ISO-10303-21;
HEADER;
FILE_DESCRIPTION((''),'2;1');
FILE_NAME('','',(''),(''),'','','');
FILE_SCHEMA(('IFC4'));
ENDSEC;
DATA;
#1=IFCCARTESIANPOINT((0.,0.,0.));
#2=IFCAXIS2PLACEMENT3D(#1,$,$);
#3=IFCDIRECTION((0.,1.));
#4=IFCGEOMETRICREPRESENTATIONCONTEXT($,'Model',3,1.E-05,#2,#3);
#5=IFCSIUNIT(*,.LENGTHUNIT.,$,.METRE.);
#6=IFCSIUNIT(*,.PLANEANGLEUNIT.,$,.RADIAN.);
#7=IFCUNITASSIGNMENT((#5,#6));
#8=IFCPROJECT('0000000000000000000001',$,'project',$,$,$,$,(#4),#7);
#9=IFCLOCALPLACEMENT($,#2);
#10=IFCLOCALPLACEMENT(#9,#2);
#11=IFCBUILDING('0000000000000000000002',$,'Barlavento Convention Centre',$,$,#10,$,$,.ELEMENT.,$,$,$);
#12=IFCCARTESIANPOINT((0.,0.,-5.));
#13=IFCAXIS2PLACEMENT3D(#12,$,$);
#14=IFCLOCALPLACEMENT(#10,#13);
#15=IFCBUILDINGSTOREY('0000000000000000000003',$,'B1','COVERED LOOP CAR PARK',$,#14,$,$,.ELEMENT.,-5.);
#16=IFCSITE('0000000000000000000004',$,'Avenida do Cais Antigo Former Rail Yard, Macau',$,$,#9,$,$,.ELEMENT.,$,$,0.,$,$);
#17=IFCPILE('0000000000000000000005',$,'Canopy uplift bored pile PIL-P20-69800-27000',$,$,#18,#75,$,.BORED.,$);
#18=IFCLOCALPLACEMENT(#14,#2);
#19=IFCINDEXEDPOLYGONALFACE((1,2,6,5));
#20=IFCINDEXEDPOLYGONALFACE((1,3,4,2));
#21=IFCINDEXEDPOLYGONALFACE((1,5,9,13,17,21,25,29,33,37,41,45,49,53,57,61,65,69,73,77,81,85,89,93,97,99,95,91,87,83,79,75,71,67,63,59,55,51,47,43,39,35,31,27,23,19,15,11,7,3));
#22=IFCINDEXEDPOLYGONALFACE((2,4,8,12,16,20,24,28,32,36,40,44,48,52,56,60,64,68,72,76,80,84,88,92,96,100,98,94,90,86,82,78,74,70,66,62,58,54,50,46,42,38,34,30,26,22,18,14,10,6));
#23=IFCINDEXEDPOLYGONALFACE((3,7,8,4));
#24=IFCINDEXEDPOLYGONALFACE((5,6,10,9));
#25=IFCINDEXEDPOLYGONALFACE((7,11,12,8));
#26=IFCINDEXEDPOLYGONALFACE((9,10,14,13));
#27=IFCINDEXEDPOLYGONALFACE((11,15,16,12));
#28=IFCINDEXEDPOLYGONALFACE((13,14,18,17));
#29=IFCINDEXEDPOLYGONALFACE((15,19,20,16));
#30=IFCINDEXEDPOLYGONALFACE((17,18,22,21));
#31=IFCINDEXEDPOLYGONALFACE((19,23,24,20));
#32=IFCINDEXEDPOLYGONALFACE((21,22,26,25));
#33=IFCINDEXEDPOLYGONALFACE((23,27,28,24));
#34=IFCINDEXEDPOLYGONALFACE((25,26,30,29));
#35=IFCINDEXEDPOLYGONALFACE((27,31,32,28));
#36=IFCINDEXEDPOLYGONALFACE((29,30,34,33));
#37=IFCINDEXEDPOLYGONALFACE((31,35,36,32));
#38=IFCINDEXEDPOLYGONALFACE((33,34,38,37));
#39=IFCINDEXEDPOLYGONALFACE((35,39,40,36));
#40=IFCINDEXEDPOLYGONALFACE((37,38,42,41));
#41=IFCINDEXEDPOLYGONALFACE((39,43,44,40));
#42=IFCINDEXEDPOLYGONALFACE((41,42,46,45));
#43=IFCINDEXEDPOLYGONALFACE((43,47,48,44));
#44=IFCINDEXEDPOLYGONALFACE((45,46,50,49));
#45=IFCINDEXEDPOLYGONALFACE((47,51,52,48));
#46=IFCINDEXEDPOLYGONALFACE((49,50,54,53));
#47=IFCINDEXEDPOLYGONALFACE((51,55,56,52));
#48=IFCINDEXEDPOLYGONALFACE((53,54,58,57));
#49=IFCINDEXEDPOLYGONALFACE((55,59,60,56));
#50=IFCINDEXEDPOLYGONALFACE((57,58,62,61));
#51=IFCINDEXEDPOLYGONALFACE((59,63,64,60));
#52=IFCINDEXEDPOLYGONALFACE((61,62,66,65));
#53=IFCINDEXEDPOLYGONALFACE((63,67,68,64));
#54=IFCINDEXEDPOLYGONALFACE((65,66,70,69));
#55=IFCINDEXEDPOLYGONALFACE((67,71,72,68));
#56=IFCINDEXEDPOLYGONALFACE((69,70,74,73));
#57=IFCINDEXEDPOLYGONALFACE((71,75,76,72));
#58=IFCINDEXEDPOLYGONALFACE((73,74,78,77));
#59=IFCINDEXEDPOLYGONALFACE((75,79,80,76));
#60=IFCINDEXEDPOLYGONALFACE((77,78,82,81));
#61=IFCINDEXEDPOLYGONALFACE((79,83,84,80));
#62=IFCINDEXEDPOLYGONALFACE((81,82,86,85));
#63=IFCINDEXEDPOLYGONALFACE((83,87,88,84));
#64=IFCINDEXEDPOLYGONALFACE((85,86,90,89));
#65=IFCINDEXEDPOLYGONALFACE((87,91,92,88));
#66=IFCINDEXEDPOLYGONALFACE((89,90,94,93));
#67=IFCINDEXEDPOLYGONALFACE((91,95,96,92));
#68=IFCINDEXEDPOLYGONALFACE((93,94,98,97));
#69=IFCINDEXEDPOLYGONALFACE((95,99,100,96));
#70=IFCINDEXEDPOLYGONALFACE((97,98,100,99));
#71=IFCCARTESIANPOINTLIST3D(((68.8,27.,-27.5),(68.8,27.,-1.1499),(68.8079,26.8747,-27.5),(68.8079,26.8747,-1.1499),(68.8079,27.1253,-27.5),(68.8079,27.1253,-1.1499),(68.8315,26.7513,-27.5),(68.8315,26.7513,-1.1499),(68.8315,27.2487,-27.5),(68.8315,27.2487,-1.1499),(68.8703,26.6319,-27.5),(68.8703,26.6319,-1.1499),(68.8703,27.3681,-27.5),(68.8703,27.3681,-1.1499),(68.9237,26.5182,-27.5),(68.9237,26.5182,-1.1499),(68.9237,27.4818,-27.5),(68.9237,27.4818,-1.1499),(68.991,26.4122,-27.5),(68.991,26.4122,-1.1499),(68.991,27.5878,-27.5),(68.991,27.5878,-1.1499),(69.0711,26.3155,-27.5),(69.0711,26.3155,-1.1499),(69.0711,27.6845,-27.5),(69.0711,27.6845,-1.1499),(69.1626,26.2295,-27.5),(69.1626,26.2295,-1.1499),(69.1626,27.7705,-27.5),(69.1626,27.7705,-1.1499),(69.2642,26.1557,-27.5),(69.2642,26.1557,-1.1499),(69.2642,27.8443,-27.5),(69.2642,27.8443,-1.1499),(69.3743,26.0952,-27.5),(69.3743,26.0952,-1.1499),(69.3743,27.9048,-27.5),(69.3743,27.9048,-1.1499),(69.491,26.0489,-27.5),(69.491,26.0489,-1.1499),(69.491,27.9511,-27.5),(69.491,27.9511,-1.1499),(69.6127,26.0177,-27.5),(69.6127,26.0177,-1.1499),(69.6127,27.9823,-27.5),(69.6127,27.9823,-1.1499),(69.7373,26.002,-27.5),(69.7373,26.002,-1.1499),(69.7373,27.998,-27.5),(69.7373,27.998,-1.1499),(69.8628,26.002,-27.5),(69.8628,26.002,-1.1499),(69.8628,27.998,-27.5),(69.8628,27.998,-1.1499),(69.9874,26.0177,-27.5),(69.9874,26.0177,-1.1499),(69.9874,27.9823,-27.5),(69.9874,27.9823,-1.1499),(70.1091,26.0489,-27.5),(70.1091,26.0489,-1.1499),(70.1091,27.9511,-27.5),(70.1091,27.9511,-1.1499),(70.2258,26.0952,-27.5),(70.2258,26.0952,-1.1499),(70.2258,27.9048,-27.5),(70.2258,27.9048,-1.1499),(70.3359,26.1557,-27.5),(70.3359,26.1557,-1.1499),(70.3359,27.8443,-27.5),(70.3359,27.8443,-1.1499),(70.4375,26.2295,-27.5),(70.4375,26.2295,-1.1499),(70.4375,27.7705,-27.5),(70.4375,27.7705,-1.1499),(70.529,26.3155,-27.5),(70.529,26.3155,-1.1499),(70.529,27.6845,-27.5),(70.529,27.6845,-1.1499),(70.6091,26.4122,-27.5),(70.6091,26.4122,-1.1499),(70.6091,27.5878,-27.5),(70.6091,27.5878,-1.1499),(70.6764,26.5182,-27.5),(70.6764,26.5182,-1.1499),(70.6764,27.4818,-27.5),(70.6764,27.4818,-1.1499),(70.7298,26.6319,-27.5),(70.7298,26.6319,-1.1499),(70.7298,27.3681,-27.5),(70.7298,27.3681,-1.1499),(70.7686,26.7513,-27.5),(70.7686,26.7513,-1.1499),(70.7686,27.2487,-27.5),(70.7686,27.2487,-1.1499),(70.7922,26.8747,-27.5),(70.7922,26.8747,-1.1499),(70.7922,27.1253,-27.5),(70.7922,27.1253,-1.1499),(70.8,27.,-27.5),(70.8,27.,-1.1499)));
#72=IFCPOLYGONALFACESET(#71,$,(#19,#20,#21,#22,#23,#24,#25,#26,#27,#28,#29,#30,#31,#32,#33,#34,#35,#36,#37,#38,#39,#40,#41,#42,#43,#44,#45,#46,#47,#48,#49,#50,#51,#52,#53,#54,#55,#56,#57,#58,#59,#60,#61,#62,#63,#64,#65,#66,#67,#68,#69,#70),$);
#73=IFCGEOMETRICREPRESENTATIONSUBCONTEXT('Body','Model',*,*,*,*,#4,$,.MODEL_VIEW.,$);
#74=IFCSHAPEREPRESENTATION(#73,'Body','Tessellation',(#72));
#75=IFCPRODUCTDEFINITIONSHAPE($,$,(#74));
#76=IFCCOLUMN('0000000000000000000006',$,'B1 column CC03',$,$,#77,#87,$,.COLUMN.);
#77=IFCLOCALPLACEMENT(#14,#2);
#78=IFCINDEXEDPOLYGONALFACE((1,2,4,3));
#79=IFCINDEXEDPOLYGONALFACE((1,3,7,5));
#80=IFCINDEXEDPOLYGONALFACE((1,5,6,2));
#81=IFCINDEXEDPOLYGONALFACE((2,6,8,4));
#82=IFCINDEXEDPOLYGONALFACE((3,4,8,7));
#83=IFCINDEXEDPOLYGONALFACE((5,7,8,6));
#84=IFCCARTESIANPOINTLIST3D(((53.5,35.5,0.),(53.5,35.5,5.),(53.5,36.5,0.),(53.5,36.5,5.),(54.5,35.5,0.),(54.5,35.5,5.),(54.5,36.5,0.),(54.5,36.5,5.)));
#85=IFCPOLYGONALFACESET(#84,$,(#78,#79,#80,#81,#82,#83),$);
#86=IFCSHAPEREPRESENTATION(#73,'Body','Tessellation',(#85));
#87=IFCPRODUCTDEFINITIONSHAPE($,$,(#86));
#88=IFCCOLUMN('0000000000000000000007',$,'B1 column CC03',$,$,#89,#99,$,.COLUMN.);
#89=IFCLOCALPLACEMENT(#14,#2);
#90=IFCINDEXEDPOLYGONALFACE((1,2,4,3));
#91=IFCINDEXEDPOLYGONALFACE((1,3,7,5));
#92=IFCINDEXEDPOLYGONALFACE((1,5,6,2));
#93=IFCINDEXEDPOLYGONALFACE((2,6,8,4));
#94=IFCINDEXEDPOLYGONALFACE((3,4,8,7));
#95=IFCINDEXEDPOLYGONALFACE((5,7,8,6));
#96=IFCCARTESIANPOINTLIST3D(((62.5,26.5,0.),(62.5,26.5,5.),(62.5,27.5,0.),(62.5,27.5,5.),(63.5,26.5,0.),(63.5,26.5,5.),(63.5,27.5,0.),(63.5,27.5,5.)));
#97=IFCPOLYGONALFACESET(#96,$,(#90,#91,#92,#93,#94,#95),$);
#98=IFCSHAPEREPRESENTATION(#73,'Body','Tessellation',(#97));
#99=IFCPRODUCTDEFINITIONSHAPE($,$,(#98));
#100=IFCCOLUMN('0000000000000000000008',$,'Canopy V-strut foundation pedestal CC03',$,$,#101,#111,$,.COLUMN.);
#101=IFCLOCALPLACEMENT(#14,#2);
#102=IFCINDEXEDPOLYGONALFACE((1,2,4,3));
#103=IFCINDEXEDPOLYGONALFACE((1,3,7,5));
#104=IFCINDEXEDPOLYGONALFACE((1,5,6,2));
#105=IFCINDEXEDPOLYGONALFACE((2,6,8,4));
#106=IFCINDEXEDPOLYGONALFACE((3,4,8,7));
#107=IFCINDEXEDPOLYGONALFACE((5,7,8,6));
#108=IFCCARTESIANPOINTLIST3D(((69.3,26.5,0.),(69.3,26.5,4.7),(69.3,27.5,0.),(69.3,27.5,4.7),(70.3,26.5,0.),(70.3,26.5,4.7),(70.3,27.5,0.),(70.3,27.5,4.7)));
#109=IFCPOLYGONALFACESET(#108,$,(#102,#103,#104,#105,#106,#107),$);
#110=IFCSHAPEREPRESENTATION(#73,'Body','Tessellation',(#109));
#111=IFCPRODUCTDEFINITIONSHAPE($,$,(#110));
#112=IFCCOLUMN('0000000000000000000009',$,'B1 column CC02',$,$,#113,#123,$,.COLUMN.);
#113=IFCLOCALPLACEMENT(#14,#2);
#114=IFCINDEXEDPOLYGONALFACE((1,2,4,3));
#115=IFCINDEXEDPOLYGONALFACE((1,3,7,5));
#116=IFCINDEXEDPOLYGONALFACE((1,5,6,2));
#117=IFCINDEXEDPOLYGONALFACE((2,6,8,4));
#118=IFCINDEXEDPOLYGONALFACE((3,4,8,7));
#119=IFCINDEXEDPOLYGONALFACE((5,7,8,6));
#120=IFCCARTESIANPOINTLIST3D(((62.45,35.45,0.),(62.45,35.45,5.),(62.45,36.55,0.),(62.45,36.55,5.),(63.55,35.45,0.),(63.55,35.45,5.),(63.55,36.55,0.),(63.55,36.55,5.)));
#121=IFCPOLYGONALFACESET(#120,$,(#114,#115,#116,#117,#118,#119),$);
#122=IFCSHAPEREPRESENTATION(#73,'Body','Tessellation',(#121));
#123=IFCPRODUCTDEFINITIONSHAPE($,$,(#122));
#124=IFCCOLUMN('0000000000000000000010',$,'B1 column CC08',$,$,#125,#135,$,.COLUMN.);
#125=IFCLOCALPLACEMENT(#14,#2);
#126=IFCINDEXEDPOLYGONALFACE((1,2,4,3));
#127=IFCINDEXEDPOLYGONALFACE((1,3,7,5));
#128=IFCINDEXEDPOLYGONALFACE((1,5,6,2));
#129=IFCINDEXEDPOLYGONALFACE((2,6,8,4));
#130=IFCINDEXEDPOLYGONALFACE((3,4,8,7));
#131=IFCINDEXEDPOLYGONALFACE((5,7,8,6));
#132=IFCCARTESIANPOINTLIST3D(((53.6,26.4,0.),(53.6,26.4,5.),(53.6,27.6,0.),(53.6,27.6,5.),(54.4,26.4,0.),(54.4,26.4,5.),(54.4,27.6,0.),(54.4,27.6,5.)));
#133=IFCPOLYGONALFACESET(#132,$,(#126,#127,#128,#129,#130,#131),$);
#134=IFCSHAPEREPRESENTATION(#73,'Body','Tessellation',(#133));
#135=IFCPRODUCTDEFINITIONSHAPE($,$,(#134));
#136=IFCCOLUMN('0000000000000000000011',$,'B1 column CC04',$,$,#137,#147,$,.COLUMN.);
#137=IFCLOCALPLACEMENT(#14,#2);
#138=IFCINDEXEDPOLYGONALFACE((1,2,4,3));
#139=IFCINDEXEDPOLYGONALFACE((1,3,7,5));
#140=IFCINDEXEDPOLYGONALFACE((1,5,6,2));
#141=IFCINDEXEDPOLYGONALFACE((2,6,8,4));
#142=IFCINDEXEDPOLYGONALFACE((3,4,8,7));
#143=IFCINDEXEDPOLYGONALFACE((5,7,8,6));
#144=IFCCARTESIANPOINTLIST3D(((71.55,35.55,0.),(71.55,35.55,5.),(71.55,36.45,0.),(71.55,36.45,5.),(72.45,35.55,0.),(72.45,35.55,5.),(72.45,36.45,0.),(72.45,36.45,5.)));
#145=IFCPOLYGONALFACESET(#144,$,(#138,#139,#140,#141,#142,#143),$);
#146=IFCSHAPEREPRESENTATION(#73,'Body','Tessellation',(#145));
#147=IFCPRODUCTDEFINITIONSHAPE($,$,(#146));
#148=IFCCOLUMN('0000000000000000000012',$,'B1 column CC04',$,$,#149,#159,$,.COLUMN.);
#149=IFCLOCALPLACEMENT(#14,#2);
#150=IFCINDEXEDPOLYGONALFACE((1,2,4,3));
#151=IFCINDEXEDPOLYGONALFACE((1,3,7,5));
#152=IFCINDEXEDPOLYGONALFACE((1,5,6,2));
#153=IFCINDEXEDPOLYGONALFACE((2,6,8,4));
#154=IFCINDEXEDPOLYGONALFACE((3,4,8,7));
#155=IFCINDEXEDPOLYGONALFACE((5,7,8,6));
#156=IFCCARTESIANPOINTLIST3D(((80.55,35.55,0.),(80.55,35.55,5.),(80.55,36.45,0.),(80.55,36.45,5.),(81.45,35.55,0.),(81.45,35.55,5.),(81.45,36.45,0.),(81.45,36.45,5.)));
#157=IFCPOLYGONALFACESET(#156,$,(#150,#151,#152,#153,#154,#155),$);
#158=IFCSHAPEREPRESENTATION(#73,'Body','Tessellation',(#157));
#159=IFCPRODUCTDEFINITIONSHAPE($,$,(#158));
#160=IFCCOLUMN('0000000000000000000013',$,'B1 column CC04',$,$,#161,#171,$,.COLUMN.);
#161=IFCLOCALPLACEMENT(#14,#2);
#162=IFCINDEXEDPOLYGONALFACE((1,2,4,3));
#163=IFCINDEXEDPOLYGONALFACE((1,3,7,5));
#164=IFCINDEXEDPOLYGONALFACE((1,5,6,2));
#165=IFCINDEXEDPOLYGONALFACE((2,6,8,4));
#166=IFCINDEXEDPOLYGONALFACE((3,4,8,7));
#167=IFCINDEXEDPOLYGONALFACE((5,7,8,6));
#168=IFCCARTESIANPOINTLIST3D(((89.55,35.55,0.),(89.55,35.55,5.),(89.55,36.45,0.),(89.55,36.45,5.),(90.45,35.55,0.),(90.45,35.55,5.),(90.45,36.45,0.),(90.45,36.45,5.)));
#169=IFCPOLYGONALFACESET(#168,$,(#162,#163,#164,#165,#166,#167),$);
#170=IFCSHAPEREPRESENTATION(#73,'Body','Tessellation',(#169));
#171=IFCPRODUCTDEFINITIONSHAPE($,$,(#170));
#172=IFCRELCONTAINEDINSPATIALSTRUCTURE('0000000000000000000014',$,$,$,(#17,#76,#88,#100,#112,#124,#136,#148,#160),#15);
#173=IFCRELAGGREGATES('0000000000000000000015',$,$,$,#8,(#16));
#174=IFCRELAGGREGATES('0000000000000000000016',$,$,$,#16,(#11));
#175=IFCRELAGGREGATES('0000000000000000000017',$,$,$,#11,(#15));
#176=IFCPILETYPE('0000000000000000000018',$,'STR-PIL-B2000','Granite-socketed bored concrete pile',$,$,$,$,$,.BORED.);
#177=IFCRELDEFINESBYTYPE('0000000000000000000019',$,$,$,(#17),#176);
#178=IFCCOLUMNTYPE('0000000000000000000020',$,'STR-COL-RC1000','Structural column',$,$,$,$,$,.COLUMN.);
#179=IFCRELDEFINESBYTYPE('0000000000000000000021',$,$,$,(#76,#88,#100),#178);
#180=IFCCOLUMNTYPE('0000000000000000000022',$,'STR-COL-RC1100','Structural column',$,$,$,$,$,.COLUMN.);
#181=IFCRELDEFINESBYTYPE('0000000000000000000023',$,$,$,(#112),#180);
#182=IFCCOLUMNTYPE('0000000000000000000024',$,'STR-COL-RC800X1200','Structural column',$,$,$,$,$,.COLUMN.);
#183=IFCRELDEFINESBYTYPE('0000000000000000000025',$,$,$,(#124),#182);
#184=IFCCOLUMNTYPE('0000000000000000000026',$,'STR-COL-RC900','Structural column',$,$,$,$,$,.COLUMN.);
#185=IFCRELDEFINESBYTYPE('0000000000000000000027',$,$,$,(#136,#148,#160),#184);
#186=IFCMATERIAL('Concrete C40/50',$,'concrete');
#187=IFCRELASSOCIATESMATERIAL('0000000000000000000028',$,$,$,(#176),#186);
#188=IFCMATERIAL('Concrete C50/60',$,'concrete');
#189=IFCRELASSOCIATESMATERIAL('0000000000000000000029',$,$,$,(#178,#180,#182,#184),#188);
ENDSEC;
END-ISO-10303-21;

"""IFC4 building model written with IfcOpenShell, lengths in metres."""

from ifc_helpers import new_model, si_unit, direction, frame, origin, origin_2d, place, context, subcontext, project, spatial, rectangle, circle, extrude, material, material_profile, profile_set, type_object, element, save


model = new_model("IFC4")

# Units and contexts
model_context = context("Model", 3, precision=1e-05, world=origin(), true_north=direction((0.0, 1.0)))
body_context = subcontext(model_context, "Body", "Model", "MODEL_VIEW")
ifc_project = project(units=[si_unit("LENGTHUNIT", "METRE"), si_unit("PLANEANGLEUNIT", "RADIAN")], contexts=[model_context])

# Site, building, storey
site_placement = place(None, origin())
site = spatial("IfcSite", under=ifc_project, at=site_placement, Name="Avenida do Cais Antigo Former Rail Yard, Macau", CompositionType="ELEMENT", RefElevation=0.0)
building_placement = place(site_placement, origin())
building = spatial("IfcBuilding", under=site, at=building_placement, Name="Barlavento Convention Centre", CompositionType="ELEMENT")
storey_placement = place(building_placement, frame((0.0, 0.0, -5.0)))
storey = spatial("IfcBuildingStorey", under=building, at=storey_placement, Name="B1", Description="COVERED LOOP CAR PARK", CompositionType="ELEMENT", Elevation=-5.0)

# Shared definitions
ifc_material_1 = material(Name="Concrete C40/50", Category="concrete")

# Pile
ifc_material_profile_1 = material_profile(ifc_material_1, circle(Radius=1.0, at=origin_2d()), Name="BORED PILE 2000")
ifc_profile_set_1 = profile_set([ifc_material_profile_1], Name="Concrete C40/50")
pile_type_1 = type_object("IfcPileType", Name="STR-PIL-B2000", Description="Granite-socketed bored concrete pile", PredefinedType="BORED", material=ifc_profile_set_1)
pile_1_placement = place(storey_placement, frame((69.8, 27.0, -1.1499), z_axis=(0.0, 0.0, -1.0), x_axis=(1.0, 0.0, 0.0)))
element("IfcPile", 1, at=pile_1_placement, inside=storey, type_object=pile_type_1, Name="Canopy uplift bored pile PIL-P20-69800-27000", PredefinedType="BORED", context=body_context, shape_type="SweptSolid", body=[
    extrude(circle(Radius=1.0, at=origin_2d()), origin(), (0.0, 0.0, 1.0), 26.3501),
])

# Columns
ifc_material_2 = material(Name="Concrete C50/60", Category="concrete")
ifc_material_profile_2 = material_profile(ifc_material_2, rectangle(XDim=1.0, YDim=1.0, at=origin_2d()), Name="RC 1000x1000")
ifc_profile_set_2 = profile_set([ifc_material_profile_2], Name="Concrete C50/60")
column_type_1 = type_object("IfcColumnType", Name="STR-COL-RC1000", Description="Structural column", PredefinedType="COLUMN", material=ifc_profile_set_2)
for number, where, z_axis, x_axis, name in (
    (2, (54.0, 36.0, 0.0), (0.0, 0.0, 1.0), (1.0, 0.0, 0.0), "B1 column CC03"),
    (3, (63.0, 27.0, 0.0), (0.0, 0.0, 1.0), (1.0, 0.0, 0.0), "B1 column CC03"),
):
    element("IfcColumn", number, at=place(storey_placement, frame(where, z_axis=z_axis, x_axis=x_axis)), inside=storey, type_object=column_type_1, Name=name, PredefinedType="COLUMN", context=body_context, shape_type="SweptSolid", body=[
        extrude(rectangle(XDim=1.0, YDim=1.0, at=origin_2d()), origin(), (0.0, 0.0, 1.0), 5.0),
    ])
column_1_placement = place(storey_placement, frame((69.8, 27.0, 0.0), z_axis=(0.0, 0.0, 1.0), x_axis=(1.0, 0.0, 0.0)))
element("IfcColumn", 4, at=column_1_placement, inside=storey, type_object=column_type_1, Name="Canopy V-strut foundation pedestal CC03", PredefinedType="COLUMN", context=body_context, shape_type="SweptSolid", body=[
    extrude(rectangle(XDim=1.0, YDim=1.0, at=origin_2d()), origin(), (0.0, 0.0, 1.0), 4.7),
])
ifc_material_profile_3 = material_profile(ifc_material_2, rectangle(XDim=1.1001, YDim=1.1001, at=origin_2d()), Name="RC 1100x1100")
ifc_profile_set_3 = profile_set([ifc_material_profile_3], Name="Concrete C50/60")
column_type_2 = type_object("IfcColumnType", Name="STR-COL-RC1100", Description="Structural column", PredefinedType="COLUMN", material=ifc_profile_set_3)
column_2_placement = place(storey_placement, frame((63.0, 36.0, 0.0), z_axis=(0.0, 0.0, 1.0), x_axis=(1.0, 0.0, 0.0)))
element("IfcColumn", 5, at=column_2_placement, inside=storey, type_object=column_type_2, Name="B1 column CC02", PredefinedType="COLUMN", context=body_context, shape_type="SweptSolid", body=[
    extrude(rectangle(XDim=1.1001, YDim=1.1001, at=origin_2d()), origin(), (0.0, 0.0, 1.0), 5.0),
])
ifc_material_profile_4 = material_profile(ifc_material_2, rectangle(XDim=0.8, YDim=1.2, at=origin_2d()), Name="RC 800x1200")
ifc_profile_set_4 = profile_set([ifc_material_profile_4], Name="Concrete C50/60")
column_type_3 = type_object("IfcColumnType", Name="STR-COL-RC800X1200", Description="Structural column", PredefinedType="COLUMN", material=ifc_profile_set_4)
column_3_placement = place(storey_placement, frame((54.0, 27.0, 0.0), z_axis=(0.0, 0.0, 1.0), x_axis=(1.0, 0.0, 0.0)))
element("IfcColumn", 6, at=column_3_placement, inside=storey, type_object=column_type_3, Name="B1 column CC08", PredefinedType="COLUMN", context=body_context, shape_type="SweptSolid", body=[
    extrude(rectangle(XDim=0.8, YDim=1.2, at=origin_2d()), origin(), (0.0, 0.0, 1.0), 5.0),
])
ifc_material_profile_5 = material_profile(ifc_material_2, rectangle(XDim=0.8999, YDim=0.8999, at=origin_2d()), Name="RC 900x900")
ifc_profile_set_5 = profile_set([ifc_material_profile_5], Name="Concrete C50/60")
column_type_4 = type_object("IfcColumnType", Name="STR-COL-RC900", Description="Structural column", PredefinedType="COLUMN", material=ifc_profile_set_5)
for number, where, z_axis, x_axis, name in (
    (7, (72.0, 36.0, 0.0), (0.0, 0.0, 1.0), (1.0, 0.0, 0.0), "B1 column CC04"),
    (8, (81.0, 36.0, 0.0), (0.0, 0.0, 1.0), (1.0, 0.0, 0.0), "B1 column CC04"),
    (9, (90.0, 36.0, 0.0), (0.0, 0.0, 1.0), (1.0, 0.0, 0.0), "B1 column CC04"),
):
    element("IfcColumn", number, at=place(storey_placement, frame(where, z_axis=z_axis, x_axis=x_axis)), inside=storey, type_object=column_type_4, Name=name, PredefinedType="COLUMN", context=body_context, shape_type="SweptSolid", body=[
        extrude(rectangle(XDim=0.8999, YDim=0.8999, at=origin_2d()), origin(), (0.0, 0.0, 1.0), 5.0),
    ])

save(model, "model.ifc")
